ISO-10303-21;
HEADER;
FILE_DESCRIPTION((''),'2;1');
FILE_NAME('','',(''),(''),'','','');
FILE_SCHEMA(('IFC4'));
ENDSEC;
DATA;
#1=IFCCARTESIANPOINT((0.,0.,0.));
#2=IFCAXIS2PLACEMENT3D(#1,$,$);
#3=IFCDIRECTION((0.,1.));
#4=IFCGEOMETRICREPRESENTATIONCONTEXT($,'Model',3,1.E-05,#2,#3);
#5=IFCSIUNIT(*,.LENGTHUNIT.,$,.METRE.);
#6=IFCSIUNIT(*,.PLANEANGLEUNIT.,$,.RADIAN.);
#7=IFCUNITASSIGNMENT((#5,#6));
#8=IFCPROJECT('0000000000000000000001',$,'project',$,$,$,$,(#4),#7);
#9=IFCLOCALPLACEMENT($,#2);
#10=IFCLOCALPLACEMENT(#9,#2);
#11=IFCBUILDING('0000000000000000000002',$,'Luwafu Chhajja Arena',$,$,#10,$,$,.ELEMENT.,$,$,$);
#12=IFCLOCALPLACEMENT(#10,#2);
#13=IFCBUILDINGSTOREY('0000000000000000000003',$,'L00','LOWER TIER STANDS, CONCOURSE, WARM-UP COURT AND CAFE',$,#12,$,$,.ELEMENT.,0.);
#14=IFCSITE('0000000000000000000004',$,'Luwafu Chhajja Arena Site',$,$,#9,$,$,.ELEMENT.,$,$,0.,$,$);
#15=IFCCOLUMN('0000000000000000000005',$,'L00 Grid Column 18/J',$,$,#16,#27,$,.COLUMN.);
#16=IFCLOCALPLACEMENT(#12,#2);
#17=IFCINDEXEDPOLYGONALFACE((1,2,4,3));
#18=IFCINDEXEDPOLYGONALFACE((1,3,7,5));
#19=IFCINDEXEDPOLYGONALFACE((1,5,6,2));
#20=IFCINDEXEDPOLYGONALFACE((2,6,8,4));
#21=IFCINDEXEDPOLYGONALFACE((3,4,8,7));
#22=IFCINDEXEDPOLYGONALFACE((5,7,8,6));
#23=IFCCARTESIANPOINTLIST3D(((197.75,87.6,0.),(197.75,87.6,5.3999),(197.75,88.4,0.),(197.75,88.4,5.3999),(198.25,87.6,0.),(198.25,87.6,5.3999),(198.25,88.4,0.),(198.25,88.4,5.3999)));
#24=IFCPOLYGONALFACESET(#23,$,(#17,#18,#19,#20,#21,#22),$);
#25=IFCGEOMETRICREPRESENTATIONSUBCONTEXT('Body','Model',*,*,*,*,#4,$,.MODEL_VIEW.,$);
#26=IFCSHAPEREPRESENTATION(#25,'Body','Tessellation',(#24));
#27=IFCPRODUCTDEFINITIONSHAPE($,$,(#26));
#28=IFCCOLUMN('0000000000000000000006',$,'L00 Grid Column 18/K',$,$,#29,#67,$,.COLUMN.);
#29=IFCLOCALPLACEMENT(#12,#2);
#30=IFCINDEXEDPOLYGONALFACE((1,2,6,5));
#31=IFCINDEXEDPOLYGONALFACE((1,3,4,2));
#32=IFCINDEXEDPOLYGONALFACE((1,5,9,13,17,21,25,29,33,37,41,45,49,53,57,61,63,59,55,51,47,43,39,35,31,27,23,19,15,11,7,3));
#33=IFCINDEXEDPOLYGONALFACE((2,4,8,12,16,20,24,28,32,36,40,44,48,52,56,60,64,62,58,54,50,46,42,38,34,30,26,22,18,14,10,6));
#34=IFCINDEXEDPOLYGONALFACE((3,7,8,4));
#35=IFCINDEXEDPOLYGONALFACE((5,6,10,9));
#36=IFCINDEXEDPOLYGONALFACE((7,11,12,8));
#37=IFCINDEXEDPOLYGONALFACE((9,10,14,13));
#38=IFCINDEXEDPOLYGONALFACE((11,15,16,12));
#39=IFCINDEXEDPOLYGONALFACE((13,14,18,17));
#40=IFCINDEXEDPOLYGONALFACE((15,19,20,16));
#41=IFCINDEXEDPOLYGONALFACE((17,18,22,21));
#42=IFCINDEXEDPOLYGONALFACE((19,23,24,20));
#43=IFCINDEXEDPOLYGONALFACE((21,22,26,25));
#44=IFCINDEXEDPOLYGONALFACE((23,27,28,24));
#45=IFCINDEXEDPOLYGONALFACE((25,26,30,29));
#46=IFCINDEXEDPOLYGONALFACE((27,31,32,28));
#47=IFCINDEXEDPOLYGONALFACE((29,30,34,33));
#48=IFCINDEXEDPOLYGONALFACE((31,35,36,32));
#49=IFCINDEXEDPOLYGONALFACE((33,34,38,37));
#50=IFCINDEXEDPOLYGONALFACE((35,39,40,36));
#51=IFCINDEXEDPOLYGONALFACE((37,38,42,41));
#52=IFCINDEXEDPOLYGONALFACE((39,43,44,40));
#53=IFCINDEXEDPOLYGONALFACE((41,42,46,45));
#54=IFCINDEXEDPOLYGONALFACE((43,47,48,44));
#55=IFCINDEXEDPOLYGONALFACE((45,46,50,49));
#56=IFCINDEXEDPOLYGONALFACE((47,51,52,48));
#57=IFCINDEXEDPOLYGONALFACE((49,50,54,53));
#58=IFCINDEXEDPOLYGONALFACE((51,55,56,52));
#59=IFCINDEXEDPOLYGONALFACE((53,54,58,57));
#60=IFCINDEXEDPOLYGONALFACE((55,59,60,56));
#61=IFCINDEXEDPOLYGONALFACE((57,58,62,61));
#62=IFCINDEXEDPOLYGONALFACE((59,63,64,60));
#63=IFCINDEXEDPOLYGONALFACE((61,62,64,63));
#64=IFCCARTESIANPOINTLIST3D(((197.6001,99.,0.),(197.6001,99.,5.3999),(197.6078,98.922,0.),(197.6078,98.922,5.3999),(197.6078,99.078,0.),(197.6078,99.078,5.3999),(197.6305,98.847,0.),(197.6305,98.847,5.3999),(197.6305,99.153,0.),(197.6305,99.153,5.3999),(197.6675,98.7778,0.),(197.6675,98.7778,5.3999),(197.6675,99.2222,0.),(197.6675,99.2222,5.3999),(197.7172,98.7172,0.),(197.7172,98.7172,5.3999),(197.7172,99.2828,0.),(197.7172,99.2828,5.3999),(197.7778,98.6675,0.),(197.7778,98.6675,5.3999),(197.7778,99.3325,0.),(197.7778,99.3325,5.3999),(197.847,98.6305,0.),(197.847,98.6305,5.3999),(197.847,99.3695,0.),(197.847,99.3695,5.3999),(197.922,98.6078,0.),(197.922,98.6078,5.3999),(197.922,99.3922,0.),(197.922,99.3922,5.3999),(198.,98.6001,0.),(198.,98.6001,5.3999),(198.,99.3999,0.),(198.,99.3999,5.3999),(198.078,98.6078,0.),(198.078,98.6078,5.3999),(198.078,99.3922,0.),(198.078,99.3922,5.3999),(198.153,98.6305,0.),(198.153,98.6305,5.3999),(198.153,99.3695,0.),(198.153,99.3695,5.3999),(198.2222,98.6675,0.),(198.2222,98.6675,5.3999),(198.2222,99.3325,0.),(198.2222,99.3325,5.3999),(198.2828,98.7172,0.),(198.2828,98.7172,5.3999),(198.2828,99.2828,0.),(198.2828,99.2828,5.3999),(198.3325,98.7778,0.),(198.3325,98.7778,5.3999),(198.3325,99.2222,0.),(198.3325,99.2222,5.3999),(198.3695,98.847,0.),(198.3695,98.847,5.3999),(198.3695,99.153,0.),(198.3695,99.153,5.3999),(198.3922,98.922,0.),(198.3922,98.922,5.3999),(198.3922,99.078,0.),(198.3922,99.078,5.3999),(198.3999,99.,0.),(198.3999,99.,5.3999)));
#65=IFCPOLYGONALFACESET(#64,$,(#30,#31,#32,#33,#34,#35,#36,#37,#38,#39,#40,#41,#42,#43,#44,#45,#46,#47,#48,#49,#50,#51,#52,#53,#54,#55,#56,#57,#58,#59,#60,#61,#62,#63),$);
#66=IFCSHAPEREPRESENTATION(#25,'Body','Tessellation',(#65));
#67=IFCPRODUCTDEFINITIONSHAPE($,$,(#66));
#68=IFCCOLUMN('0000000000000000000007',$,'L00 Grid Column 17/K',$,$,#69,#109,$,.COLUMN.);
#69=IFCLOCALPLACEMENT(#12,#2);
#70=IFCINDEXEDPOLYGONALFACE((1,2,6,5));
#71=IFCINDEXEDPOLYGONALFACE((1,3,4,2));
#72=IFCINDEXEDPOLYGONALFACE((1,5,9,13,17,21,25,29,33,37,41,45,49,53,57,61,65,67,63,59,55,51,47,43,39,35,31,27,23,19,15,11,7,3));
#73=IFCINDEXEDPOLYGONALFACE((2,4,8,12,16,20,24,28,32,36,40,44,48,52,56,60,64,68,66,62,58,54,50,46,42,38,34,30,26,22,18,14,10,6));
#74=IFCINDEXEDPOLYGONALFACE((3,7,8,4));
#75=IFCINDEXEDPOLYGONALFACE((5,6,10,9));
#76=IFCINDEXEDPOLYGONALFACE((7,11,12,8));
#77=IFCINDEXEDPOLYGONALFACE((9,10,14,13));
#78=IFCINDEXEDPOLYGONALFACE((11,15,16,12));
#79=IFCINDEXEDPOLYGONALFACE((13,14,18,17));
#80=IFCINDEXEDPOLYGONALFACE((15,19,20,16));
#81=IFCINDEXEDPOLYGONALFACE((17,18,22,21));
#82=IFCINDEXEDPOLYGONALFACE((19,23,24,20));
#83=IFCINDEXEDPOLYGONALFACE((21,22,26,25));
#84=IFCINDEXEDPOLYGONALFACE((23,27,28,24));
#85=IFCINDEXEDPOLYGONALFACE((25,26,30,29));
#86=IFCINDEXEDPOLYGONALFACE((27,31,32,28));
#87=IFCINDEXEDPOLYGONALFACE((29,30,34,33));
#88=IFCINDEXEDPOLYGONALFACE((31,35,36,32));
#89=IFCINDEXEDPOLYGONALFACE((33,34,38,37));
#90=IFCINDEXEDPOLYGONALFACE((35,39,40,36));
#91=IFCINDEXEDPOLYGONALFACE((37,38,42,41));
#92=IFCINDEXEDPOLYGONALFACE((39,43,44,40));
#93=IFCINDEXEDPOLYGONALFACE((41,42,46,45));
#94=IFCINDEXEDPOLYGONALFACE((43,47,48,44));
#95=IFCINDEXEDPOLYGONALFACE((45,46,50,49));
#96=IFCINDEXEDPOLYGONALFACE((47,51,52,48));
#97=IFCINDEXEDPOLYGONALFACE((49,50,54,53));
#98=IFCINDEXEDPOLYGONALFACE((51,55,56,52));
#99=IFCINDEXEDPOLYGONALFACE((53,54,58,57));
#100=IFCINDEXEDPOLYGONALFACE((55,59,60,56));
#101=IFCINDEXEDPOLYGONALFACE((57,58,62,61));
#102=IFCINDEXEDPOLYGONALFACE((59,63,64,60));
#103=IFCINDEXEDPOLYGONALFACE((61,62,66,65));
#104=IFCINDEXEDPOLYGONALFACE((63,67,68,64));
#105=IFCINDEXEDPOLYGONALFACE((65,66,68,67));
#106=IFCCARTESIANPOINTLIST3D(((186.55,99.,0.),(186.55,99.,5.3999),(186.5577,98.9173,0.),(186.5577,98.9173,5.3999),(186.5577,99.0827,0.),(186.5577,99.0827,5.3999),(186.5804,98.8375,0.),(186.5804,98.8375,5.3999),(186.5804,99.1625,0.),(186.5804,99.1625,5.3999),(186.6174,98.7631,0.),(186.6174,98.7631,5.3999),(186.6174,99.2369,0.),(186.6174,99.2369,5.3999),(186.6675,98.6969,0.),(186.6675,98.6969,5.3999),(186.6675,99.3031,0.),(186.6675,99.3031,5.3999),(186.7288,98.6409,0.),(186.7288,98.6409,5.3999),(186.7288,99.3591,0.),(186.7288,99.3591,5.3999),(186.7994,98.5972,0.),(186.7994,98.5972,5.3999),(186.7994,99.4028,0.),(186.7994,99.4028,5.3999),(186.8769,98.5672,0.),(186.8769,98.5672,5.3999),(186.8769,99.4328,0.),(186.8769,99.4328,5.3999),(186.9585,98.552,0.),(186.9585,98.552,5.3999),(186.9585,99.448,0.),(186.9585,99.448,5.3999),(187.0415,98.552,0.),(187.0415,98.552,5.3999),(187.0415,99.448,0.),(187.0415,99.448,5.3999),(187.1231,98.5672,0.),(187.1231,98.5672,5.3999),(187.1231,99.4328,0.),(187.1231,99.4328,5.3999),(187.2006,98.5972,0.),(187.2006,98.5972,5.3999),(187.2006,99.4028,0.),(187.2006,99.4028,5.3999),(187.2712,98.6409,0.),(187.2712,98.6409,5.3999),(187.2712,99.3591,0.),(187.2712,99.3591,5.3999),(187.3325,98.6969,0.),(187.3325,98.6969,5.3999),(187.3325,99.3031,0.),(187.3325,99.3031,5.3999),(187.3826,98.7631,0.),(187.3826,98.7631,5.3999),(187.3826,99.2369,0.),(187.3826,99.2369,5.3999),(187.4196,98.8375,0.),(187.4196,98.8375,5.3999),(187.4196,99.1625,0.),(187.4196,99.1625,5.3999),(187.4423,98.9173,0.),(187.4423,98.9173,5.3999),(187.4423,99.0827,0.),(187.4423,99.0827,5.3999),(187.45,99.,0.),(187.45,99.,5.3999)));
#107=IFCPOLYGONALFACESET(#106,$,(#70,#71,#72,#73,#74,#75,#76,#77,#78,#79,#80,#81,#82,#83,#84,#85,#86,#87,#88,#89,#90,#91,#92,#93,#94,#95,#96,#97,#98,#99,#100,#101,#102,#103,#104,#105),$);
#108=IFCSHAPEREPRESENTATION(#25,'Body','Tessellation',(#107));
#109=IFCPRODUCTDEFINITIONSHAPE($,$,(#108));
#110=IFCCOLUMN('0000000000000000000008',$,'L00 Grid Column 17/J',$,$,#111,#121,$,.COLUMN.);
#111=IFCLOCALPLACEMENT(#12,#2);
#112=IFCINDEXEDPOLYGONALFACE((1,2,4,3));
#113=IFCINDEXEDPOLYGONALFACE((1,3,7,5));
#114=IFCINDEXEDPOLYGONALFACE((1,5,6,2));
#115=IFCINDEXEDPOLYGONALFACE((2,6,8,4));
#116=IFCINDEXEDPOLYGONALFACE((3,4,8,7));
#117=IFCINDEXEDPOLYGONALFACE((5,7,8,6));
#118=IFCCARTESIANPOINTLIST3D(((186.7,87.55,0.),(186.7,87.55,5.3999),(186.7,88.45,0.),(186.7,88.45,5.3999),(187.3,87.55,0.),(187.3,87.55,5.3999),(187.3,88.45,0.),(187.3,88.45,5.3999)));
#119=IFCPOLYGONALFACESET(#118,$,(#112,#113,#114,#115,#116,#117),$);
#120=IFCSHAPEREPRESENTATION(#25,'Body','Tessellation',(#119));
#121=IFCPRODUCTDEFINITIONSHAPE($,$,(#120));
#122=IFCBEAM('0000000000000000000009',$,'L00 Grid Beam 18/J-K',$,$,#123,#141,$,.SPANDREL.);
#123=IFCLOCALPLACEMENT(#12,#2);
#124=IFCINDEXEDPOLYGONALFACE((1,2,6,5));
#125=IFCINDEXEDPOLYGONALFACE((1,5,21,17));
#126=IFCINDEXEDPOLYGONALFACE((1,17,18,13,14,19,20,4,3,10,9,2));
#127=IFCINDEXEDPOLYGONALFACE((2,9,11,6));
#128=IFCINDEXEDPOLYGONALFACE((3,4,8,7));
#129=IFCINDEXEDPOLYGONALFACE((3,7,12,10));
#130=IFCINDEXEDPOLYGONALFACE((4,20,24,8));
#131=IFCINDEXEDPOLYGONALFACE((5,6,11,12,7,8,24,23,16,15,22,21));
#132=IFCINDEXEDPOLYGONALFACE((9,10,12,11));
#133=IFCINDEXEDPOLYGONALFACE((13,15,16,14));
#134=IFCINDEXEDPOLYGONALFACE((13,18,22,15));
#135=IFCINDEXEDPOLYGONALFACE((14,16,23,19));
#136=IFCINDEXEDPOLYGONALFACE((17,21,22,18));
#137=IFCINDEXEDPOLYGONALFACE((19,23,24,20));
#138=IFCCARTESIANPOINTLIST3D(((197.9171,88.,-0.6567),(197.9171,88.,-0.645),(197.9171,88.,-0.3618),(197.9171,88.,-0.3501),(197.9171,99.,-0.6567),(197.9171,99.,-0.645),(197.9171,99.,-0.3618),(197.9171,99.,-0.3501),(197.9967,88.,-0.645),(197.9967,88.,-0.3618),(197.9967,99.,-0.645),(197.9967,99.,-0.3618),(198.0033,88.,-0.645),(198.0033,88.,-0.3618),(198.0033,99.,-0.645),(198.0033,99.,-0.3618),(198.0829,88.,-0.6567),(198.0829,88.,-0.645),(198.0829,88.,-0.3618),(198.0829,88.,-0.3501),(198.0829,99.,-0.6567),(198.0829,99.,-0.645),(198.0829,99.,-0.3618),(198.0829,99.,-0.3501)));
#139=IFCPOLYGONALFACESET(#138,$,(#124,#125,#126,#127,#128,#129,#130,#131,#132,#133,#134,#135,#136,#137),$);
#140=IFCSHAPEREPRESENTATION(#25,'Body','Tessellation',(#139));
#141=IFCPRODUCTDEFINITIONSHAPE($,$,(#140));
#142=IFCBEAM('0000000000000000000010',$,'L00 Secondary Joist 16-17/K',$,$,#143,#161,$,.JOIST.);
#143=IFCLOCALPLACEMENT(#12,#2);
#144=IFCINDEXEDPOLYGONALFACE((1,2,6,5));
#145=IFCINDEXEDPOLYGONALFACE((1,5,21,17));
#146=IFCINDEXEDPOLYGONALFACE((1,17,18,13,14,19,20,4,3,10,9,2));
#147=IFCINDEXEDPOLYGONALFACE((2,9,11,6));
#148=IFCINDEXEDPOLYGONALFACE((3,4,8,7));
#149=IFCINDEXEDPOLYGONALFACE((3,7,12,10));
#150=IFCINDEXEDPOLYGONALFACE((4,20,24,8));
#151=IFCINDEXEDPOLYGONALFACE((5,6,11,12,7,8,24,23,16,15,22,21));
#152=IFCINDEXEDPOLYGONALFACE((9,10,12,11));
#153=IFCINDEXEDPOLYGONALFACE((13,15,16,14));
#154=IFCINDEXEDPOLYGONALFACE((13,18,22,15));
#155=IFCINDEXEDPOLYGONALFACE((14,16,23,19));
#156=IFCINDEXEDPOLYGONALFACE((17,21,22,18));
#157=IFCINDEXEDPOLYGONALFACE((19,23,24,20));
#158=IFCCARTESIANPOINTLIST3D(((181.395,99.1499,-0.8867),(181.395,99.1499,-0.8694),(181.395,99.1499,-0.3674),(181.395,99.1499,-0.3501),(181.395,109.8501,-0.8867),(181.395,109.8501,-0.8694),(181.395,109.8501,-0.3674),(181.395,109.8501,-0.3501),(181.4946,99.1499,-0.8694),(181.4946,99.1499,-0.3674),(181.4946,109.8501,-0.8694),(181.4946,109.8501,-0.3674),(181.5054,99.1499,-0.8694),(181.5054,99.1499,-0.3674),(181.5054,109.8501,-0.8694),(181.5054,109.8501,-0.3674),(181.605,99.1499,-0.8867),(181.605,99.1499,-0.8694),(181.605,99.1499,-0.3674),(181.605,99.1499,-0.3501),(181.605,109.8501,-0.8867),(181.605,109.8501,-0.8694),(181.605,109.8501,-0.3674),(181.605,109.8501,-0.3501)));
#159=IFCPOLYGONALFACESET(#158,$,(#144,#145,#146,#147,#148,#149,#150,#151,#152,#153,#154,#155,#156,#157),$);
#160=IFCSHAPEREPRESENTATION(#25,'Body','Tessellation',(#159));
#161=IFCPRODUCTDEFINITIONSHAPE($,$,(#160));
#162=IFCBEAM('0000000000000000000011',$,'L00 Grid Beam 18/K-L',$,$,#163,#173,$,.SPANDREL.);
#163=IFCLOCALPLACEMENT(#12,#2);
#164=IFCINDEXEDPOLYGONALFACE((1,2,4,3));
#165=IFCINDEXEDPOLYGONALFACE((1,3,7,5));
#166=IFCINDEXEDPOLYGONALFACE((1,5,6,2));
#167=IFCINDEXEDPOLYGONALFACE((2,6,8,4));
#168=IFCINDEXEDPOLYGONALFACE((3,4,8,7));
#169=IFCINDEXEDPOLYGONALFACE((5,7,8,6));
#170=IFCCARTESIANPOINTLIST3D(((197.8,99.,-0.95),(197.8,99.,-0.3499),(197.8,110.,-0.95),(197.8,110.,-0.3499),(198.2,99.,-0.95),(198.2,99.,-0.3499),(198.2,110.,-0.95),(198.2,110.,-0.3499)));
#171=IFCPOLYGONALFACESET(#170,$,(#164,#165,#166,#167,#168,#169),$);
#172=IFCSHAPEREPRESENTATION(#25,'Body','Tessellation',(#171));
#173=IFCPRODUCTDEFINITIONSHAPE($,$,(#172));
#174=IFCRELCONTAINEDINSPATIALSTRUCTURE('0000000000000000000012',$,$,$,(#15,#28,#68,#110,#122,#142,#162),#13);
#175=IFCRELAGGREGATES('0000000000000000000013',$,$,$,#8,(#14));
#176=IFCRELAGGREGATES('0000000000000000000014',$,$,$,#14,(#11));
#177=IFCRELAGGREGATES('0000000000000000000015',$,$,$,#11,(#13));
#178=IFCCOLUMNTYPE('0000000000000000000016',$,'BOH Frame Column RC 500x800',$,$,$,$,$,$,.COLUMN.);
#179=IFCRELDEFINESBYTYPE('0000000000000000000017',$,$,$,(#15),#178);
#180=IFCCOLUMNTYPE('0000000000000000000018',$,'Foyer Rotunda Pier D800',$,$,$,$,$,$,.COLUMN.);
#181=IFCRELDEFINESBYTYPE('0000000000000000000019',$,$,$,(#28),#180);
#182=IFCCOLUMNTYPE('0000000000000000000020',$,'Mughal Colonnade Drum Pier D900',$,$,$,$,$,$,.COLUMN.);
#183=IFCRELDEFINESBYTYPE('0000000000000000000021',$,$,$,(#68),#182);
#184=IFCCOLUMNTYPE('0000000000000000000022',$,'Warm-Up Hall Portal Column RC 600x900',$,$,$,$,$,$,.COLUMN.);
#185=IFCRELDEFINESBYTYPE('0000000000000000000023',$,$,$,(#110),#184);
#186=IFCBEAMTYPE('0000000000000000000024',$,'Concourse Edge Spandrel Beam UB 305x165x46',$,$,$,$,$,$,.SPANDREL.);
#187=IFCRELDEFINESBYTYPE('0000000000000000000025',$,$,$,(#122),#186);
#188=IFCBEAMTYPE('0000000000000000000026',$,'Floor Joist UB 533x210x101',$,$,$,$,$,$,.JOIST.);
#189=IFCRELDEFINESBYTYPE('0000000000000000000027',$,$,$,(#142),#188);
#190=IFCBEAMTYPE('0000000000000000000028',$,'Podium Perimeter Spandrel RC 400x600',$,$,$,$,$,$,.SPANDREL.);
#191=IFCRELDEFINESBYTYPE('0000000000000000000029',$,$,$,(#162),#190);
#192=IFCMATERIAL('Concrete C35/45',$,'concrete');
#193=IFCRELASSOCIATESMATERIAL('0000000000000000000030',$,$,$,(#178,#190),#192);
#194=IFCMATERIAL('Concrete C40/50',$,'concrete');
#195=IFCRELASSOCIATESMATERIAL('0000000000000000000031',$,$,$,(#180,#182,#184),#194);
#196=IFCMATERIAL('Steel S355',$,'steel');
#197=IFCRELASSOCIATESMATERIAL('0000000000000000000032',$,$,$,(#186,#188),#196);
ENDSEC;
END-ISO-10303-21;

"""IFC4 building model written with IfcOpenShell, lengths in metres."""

from ifc_helpers import new_model, si_unit, direction, frame, origin, origin_2d, place, context, subcontext, project, spatial, rectangle, circle, i_section, extrude, material, material_profile, profile_set, type_object, element, save


model = new_model("IFC4")

# Units and contexts
model_context = context("Model", 3, precision=1e-05, world=origin(), true_north=direction((0.0, 1.0)))
body_context = subcontext(model_context, "Body", "Model", "MODEL_VIEW")
ifc_project = project(units=[si_unit("LENGTHUNIT", "METRE"), si_unit("PLANEANGLEUNIT", "RADIAN")], contexts=[model_context])

# Site, building, storey
site_placement = place(None, origin())
site = spatial("IfcSite", under=ifc_project, at=site_placement, Name="Luwafu Chhajja Arena Site", CompositionType="ELEMENT", RefElevation=0.0)
building_placement = place(site_placement, origin())
building = spatial("IfcBuilding", under=site, at=building_placement, Name="Luwafu Chhajja Arena", CompositionType="ELEMENT")
storey_placement = place(building_placement, origin())
storey = spatial("IfcBuildingStorey", under=building, at=storey_placement, Name="L00", Description="LOWER TIER STANDS, CONCOURSE, WARM-UP COURT AND CAFE", CompositionType="ELEMENT", Elevation=0.0)

# Columns
ifc_material_1 = material(Name="Concrete C35/45", Category="concrete")
ifc_material_profile_1 = material_profile(ifc_material_1, rectangle(XDim=0.5, YDim=0.8, at=origin_2d()), Name="RC 500x800")
ifc_profile_set_1 = profile_set([ifc_material_profile_1], Name="Concrete C35/45")
column_type_1 = type_object("IfcColumnType", Name="BOH Frame Column RC 500x800", PredefinedType="COLUMN", material=ifc_profile_set_1)
column_1_placement = place(storey_placement, frame((198.0, 88.0, 0.0), z_axis=(0.0, 0.0, 1.0), x_axis=(1.0, 0.0, 0.0)))
element("IfcColumn", 1, at=column_1_placement, inside=storey, type_object=column_type_1, Name="L00 Grid Column 18/J", PredefinedType="COLUMN", context=body_context, shape_type="SweptSolid", body=[
    extrude(rectangle(XDim=0.5, YDim=0.8, at=origin_2d()), origin(), (0.0, 0.0, 1.0), 5.3999),
])
ifc_material_2 = material(Name="Concrete C40/50", Category="concrete")
ifc_material_profile_2 = material_profile(ifc_material_2, circle(Radius=0.3999, at=origin_2d()), Name="RC COL D800")
ifc_profile_set_2 = profile_set([ifc_material_profile_2], Name="Concrete C40/50")
column_type_2 = type_object("IfcColumnType", Name="Foyer Rotunda Pier D800", PredefinedType="COLUMN", material=ifc_profile_set_2)
column_2_placement = place(storey_placement, frame((198.0, 99.0, 0.0), z_axis=(0.0, 0.0, 1.0), x_axis=(1.0, 0.0, 0.0)))
element("IfcColumn", 2, at=column_2_placement, inside=storey, type_object=column_type_2, Name="L00 Grid Column 18/K", PredefinedType="COLUMN", context=body_context, shape_type="SweptSolid", body=[
    extrude(circle(Radius=0.3999, at=origin_2d()), origin(), (0.0, 0.0, 1.0), 5.3999),
])
ifc_material_profile_3 = material_profile(ifc_material_2, circle(Radius=0.45, at=origin_2d()), Name="RC COL D900")
ifc_profile_set_3 = profile_set([ifc_material_profile_3], Name="Concrete C40/50")
column_type_3 = type_object("IfcColumnType", Name="Mughal Colonnade Drum Pier D900", PredefinedType="COLUMN", material=ifc_profile_set_3)
column_3_placement = place(storey_placement, frame((187.0, 99.0, 0.0), z_axis=(0.0, 0.0, 1.0), x_axis=(1.0, 0.0, 0.0)))
element("IfcColumn", 3, at=column_3_placement, inside=storey, type_object=column_type_3, Name="L00 Grid Column 17/K", PredefinedType="COLUMN", context=body_context, shape_type="SweptSolid", body=[
    extrude(circle(Radius=0.45, at=origin_2d()), origin(), (0.0, 0.0, 1.0), 5.3999),
])
ifc_material_profile_4 = material_profile(ifc_material_2, rectangle(XDim=0.6001, YDim=0.8999, at=origin_2d()), Name="RC 600x900")
ifc_profile_set_4 = profile_set([ifc_material_profile_4], Name="Concrete C40/50")
column_type_4 = type_object("IfcColumnType", Name="Warm-Up Hall Portal Column RC 600x900", PredefinedType="COLUMN", material=ifc_profile_set_4)
column_4_placement = place(storey_placement, frame((187.0, 88.0, 0.0), z_axis=(0.0, 0.0, 1.0), x_axis=(1.0, 0.0, 0.0)))
element("IfcColumn", 4, at=column_4_placement, inside=storey, type_object=column_type_4, Name="L00 Grid Column 17/J", PredefinedType="COLUMN", context=body_context, shape_type="SweptSolid", body=[
    extrude(rectangle(XDim=0.6001, YDim=0.8999, at=origin_2d()), origin(), (0.0, 0.0, 1.0), 5.3999),
])

# Beams
ifc_material_3 = material(Name="Steel S355", Category="steel")
ifc_material_profile_5 = material_profile(ifc_material_3, i_section(OverallWidth=0.1658, OverallDepth=0.3066, WebThickness=0.0066, FlangeThickness=0.0117, at=origin_2d()), Name="UB 305x165x46")
ifc_profile_set_5 = profile_set([ifc_material_profile_5], Name="Steel S355")
beam_type_1 = type_object("IfcBeamType", Name="Concourse Edge Spandrel Beam UB 305x165x46", PredefinedType="SPANDREL", material=ifc_profile_set_5)
beam_1_placement = place(storey_placement, frame((198.0, 88.0, -0.5034), z_axis=(0.0, 1.0, 0.0), x_axis=(-1.0, 0.0, 0.0)))
element("IfcBeam", 5, at=beam_1_placement, inside=storey, type_object=beam_type_1, Name="L00 Grid Beam 18/J-K", PredefinedType="SPANDREL", context=body_context, shape_type="SweptSolid", body=[
    extrude(i_section(OverallWidth=0.1658, OverallDepth=0.3066, WebThickness=0.0066, FlangeThickness=0.0117, at=origin_2d()), origin(), (0.0, 0.0, 1.0), 11.0),
])
ifc_material_profile_6 = material_profile(ifc_material_3, i_section(OverallWidth=0.21, OverallDepth=0.5366, WebThickness=0.0107, FlangeThickness=0.0173, at=origin_2d()), Name="UB 533x210x101")
ifc_profile_set_6 = profile_set([ifc_material_profile_6], Name="Steel S355")
beam_type_2 = type_object("IfcBeamType", Name="Floor Joist UB 533x210x101", PredefinedType="JOIST", material=ifc_profile_set_6)
beam_2_placement = place(storey_placement, frame((181.5, 99.1499, -0.6184), z_axis=(0.0, 1.0, 0.0), x_axis=(-1.0, 0.0, 0.0)))
element("IfcBeam", 6, at=beam_2_placement, inside=storey, type_object=beam_type_2, Name="L00 Secondary Joist 16-17/K", PredefinedType="JOIST", context=body_context, shape_type="SweptSolid", body=[
    extrude(i_section(OverallWidth=0.21, OverallDepth=0.5366, WebThickness=0.0107, FlangeThickness=0.0173, at=origin_2d()), origin(), (0.0, 0.0, 1.0), 10.7002),
])
ifc_material_profile_7 = material_profile(ifc_material_1, rectangle(XDim=0.3999, YDim=0.6001, at=origin_2d()), Name="RC 400x600")
ifc_profile_set_7 = profile_set([ifc_material_profile_7], Name="Concrete C35/45")
beam_type_3 = type_object("IfcBeamType", Name="Podium Perimeter Spandrel RC 400x600", PredefinedType="SPANDREL", material=ifc_profile_set_7)
beam_3_placement = place(storey_placement, frame((198.0, 99.0, -0.6499), z_axis=(0.0, 1.0, 0.0), x_axis=(-1.0, 0.0, 0.0)))
element("IfcBeam", 7, at=beam_3_placement, inside=storey, type_object=beam_type_3, Name="L00 Grid Beam 18/K-L", PredefinedType="SPANDREL", context=body_context, shape_type="SweptSolid", body=[
    extrude(rectangle(XDim=0.3999, YDim=0.6001, at=origin_2d()), origin(), (0.0, 0.0, 1.0), 11.0),
])

save(model, "model.ifc")
